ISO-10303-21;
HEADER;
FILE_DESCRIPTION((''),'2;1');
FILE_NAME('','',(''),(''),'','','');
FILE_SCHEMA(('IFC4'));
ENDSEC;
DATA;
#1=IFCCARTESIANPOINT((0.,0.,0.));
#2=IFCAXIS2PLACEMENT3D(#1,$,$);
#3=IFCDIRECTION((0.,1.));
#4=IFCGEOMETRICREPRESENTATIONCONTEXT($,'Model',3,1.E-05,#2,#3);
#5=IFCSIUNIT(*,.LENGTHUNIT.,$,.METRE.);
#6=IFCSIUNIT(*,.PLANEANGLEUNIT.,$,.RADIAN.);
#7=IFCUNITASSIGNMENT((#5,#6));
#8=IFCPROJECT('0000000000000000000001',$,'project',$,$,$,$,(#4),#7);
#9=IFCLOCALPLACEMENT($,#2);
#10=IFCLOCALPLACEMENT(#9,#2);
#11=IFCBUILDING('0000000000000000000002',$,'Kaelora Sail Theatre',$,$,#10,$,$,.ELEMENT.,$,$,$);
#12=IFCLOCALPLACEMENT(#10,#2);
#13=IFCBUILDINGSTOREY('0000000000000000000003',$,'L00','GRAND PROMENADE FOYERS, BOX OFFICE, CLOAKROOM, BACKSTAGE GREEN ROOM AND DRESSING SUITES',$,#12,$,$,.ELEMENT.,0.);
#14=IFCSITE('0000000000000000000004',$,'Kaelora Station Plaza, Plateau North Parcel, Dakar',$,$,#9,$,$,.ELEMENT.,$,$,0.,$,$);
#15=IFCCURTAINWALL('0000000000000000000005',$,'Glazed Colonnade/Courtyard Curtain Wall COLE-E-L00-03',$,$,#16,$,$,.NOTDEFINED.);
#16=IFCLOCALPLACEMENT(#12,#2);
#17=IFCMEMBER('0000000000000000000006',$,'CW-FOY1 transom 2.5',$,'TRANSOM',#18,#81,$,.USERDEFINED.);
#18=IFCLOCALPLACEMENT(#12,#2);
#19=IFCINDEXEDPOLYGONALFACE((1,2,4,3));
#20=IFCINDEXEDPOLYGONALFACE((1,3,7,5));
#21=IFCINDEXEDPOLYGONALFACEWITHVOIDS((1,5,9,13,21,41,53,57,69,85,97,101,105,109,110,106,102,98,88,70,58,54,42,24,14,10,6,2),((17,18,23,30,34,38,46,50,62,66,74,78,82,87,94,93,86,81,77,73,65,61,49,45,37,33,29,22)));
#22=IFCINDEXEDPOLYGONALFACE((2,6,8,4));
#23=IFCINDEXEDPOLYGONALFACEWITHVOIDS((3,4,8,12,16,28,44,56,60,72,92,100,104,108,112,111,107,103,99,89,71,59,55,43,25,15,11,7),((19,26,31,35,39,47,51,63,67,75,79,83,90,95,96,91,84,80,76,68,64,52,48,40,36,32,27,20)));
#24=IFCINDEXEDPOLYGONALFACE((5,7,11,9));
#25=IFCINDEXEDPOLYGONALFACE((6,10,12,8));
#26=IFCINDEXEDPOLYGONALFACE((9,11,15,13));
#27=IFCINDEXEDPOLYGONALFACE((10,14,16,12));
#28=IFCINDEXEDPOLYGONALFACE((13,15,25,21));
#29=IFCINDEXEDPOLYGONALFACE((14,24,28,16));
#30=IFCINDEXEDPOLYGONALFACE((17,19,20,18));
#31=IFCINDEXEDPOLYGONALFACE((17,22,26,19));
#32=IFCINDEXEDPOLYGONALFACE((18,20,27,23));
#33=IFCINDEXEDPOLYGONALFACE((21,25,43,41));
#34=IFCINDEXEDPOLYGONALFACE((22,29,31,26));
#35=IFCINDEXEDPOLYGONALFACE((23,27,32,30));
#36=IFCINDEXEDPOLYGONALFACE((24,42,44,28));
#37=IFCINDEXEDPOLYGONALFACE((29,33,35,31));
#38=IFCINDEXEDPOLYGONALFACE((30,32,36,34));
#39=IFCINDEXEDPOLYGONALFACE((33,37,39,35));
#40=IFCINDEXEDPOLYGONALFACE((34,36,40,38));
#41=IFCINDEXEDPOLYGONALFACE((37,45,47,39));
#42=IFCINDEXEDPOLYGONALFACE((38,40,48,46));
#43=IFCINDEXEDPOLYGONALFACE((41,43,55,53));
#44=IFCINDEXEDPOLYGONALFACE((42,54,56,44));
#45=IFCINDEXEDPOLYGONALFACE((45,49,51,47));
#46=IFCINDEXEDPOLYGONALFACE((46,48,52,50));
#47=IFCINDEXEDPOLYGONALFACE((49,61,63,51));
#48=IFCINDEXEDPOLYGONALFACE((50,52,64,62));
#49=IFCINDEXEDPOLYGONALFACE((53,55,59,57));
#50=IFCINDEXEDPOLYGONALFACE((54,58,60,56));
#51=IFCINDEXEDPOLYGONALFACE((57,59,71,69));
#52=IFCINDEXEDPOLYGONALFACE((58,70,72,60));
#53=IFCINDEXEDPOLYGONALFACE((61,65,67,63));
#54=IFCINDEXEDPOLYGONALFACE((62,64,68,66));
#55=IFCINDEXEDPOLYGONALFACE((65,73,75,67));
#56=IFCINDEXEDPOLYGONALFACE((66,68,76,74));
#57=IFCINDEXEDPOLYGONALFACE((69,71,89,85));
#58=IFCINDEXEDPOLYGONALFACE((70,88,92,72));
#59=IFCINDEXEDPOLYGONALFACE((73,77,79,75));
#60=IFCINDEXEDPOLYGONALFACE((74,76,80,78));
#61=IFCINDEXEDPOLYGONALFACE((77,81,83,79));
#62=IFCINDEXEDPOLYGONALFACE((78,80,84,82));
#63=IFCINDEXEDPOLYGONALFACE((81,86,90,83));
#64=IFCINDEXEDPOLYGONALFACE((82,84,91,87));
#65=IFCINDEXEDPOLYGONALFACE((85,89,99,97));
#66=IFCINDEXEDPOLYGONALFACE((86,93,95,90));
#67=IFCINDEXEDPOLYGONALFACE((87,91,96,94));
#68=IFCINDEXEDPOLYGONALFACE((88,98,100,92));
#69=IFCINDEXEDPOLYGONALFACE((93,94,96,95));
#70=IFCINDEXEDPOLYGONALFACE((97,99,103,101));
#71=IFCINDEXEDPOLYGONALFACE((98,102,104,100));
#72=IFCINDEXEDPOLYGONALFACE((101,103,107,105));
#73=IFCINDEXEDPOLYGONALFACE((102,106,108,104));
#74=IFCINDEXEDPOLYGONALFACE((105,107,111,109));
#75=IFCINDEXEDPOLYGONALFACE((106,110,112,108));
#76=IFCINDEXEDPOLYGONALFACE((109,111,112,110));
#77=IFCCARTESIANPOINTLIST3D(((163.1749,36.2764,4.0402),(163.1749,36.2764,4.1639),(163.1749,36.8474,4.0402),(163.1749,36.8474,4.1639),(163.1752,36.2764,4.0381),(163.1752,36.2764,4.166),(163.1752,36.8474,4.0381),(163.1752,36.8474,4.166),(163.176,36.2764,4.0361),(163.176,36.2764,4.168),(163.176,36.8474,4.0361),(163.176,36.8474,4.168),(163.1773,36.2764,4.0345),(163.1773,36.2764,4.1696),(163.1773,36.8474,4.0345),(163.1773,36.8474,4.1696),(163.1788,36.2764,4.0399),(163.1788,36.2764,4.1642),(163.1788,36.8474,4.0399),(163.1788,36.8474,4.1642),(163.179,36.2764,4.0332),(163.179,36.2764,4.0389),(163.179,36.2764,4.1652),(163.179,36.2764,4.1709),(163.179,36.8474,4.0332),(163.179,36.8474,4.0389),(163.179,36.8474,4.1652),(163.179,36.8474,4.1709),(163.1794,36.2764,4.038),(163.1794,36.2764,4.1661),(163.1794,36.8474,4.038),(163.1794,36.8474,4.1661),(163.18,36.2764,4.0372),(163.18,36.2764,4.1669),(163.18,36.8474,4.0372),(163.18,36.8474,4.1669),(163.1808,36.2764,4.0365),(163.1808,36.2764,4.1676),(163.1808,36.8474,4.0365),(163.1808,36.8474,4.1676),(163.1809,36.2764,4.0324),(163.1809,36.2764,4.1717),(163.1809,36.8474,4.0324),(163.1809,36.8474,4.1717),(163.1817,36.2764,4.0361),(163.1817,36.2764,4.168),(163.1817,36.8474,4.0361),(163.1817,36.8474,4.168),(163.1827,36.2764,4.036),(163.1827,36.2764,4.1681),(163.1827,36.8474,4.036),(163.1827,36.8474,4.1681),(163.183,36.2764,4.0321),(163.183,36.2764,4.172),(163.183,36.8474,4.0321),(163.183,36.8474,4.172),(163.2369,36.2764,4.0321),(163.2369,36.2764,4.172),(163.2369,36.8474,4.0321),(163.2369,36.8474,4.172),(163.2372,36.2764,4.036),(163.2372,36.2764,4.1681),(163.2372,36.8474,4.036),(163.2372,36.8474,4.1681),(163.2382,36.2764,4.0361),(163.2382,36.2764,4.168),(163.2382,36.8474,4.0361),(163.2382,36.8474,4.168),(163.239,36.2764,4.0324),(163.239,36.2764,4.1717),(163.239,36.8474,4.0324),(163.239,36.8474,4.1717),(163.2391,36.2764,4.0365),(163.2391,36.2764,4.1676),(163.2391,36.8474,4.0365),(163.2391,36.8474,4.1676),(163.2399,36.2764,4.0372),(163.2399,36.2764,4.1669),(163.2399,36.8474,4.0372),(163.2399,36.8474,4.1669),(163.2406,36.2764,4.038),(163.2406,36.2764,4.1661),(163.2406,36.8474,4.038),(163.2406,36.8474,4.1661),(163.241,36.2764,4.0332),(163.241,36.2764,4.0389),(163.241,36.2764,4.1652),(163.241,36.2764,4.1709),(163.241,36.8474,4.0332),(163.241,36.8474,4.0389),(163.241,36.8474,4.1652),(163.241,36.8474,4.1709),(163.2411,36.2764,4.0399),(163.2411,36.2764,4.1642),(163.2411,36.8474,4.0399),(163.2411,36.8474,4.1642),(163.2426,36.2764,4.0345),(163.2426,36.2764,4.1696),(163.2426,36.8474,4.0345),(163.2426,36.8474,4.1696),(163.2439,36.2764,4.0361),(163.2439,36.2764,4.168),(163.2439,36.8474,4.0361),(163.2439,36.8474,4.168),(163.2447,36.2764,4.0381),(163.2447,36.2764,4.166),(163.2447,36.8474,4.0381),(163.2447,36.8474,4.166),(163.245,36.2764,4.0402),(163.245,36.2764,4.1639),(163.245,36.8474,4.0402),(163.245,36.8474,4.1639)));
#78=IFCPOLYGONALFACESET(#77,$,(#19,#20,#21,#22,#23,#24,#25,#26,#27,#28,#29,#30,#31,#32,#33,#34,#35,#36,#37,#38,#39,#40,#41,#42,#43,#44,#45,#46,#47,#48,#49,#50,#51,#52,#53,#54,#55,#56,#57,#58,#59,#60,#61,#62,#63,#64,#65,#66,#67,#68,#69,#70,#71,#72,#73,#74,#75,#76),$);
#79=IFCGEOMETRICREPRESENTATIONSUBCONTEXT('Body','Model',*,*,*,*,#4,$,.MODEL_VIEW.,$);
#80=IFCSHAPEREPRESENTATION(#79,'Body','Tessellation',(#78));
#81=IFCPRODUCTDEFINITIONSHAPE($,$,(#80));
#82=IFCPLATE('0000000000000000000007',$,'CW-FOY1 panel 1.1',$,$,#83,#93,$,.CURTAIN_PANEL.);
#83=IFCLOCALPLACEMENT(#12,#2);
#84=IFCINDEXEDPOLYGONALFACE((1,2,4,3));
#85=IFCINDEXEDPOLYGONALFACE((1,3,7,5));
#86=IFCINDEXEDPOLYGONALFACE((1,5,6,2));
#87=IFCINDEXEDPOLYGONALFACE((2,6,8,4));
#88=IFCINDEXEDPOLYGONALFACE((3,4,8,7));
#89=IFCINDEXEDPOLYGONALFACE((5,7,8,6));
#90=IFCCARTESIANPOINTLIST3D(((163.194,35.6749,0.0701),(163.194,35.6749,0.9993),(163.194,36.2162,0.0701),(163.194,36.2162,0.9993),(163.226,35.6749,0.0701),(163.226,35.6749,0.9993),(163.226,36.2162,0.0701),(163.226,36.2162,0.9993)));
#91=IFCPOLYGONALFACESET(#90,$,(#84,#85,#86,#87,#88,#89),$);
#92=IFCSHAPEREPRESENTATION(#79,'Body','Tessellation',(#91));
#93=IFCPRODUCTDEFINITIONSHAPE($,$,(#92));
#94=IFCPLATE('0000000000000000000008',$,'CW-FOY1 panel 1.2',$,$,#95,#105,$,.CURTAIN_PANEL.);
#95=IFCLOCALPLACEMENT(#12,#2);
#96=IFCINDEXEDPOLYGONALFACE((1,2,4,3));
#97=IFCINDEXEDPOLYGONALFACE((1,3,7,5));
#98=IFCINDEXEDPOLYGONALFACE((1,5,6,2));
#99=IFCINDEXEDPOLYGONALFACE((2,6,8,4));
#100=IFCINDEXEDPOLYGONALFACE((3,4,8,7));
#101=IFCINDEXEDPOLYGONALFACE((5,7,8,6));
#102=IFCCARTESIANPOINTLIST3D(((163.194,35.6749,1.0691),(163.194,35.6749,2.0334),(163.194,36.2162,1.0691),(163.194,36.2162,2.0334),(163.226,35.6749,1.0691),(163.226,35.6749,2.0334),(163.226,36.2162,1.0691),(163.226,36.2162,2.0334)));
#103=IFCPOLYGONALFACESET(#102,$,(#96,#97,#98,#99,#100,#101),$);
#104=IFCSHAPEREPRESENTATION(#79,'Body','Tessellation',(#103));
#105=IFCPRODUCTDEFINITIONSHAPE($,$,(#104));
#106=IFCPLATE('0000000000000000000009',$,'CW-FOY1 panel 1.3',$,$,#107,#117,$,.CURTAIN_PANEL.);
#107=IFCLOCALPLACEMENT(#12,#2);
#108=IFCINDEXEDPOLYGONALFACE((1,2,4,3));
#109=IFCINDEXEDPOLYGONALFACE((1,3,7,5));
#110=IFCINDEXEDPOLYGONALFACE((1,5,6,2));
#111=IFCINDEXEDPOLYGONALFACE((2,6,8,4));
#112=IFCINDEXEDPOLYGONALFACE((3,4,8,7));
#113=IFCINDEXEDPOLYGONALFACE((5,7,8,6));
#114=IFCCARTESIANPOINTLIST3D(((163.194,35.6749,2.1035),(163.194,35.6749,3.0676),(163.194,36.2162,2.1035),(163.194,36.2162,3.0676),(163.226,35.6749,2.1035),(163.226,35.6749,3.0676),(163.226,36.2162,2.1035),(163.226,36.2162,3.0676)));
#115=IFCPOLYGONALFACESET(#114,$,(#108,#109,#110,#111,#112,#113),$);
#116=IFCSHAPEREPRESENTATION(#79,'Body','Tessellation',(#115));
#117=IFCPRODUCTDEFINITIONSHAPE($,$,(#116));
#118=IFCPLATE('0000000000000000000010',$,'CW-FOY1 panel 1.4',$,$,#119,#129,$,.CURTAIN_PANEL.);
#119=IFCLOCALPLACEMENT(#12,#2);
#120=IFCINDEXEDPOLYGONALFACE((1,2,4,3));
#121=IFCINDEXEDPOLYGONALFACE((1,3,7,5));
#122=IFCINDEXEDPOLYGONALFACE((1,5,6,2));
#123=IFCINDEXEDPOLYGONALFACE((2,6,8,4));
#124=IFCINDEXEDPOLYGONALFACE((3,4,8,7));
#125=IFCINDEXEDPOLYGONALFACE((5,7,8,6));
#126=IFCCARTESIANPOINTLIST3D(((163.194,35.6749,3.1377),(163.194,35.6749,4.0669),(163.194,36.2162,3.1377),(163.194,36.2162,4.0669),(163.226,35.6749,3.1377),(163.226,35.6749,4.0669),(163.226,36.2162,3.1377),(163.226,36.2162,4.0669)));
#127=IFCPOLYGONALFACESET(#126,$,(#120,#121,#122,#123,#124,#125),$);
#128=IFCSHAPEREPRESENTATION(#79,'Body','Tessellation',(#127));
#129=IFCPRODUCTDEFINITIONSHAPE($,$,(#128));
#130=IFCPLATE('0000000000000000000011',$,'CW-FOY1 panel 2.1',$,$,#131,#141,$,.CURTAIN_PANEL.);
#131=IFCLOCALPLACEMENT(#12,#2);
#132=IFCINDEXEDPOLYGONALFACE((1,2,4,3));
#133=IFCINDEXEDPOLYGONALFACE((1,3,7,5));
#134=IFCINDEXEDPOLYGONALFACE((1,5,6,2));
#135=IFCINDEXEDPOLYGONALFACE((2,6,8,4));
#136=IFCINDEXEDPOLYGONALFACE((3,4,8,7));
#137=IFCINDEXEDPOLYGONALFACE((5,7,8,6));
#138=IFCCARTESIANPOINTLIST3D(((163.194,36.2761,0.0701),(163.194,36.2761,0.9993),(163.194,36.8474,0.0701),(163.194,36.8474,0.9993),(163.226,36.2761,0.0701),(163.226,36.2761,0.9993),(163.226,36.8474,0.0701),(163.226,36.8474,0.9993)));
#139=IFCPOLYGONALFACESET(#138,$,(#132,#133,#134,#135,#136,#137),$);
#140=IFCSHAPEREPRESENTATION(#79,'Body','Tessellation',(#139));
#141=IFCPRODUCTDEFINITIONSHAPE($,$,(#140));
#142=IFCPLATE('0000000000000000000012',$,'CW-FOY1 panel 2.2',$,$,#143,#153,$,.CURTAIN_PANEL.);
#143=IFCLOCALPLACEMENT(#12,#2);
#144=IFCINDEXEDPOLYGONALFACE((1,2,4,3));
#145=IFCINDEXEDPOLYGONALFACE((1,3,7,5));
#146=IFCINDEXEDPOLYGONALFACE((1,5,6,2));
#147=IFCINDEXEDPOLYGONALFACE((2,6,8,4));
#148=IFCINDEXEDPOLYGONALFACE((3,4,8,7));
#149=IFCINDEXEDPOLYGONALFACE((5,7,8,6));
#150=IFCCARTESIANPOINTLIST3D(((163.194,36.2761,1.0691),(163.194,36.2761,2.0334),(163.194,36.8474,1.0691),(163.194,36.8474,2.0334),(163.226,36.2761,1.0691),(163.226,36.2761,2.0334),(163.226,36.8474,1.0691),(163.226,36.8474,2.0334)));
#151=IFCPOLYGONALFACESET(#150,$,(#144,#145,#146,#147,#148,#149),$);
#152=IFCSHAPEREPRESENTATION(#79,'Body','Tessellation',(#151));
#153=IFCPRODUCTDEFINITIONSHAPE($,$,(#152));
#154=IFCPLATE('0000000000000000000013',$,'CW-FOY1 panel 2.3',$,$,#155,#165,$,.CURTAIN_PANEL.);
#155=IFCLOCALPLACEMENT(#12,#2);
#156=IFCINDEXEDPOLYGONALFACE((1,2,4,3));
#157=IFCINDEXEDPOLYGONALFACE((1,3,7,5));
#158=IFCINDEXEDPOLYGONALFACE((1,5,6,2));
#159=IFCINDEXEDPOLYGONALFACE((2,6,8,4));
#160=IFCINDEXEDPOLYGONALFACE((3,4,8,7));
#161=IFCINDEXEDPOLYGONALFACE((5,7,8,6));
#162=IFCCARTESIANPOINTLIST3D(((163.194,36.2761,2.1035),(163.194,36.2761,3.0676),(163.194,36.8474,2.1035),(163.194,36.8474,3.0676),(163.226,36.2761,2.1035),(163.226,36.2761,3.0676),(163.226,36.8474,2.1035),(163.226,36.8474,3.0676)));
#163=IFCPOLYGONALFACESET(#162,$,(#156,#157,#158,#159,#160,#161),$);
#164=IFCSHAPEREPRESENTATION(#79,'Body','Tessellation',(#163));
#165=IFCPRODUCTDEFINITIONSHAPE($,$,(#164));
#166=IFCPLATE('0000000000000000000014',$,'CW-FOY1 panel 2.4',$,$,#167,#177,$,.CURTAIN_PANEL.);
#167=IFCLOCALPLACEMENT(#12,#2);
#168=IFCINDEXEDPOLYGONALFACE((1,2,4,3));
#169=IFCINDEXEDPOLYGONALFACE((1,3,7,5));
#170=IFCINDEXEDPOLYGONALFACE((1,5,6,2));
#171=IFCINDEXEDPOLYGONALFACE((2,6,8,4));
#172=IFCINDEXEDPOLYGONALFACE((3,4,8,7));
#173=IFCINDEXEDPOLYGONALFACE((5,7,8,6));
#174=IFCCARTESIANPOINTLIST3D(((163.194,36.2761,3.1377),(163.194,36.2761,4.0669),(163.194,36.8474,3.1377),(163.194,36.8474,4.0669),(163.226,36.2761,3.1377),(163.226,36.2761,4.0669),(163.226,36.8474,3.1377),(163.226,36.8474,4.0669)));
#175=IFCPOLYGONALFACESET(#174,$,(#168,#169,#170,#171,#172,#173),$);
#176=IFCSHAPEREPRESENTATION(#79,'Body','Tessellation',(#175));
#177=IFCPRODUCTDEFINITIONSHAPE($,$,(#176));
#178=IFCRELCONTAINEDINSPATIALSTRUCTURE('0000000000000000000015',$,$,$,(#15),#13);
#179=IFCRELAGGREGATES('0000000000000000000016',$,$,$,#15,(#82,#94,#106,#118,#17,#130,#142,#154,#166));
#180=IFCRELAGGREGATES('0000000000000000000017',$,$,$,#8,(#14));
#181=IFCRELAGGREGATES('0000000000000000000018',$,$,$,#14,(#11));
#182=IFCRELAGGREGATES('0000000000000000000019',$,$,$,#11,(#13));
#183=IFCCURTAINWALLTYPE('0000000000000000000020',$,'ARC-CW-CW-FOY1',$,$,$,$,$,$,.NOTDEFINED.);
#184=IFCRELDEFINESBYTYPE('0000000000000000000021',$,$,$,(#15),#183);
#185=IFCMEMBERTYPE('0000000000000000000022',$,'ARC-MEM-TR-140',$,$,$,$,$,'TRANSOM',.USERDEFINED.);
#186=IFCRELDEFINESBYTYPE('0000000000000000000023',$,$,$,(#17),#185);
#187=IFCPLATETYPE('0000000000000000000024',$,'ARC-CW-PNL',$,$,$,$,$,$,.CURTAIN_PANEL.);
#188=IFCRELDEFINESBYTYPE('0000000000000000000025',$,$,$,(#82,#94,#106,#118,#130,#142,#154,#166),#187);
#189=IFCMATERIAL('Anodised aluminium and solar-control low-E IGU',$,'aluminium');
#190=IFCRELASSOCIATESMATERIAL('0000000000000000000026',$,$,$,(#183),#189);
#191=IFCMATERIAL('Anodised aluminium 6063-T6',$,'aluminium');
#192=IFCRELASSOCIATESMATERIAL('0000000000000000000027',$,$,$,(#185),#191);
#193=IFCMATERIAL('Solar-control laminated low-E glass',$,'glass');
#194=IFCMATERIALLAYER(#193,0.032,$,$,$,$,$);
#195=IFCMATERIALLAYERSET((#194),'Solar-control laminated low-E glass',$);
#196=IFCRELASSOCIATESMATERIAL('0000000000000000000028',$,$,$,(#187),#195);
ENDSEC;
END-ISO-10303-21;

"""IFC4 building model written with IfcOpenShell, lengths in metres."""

from ifc_helpers import new_model, si_unit, direction, frame, origin, origin_2d, place, context, subcontext, project, spatial, rectangle, hollow_rectangle, extrude, material, layer, layer_set, material_profile, profile_set, type_object, element, aggregate, save


model = new_model("IFC4")

# Units and contexts
model_context = context("Model", 3, precision=1e-05, world=origin(), true_north=direction((0.0, 1.0)))
body_context = subcontext(model_context, "Body", "Model", "MODEL_VIEW")
ifc_project = project(units=[si_unit("LENGTHUNIT", "METRE"), si_unit("PLANEANGLEUNIT", "RADIAN")], contexts=[model_context])

# Site, building, storey
site_placement = place(None, origin())
site = spatial("IfcSite", under=ifc_project, at=site_placement, Name="Kaelora Station Plaza, Plateau North Parcel, Dakar", CompositionType="ELEMENT", RefElevation=0.0)
building_placement = place(site_placement, origin())
building = spatial("IfcBuilding", under=site, at=building_placement, Name="Kaelora Sail Theatre", CompositionType="ELEMENT")
storey_placement = place(building_placement, origin())
storey = spatial("IfcBuildingStorey", under=building, at=storey_placement, Name="L00", Description="GRAND PROMENADE FOYERS, BOX OFFICE, CLOAKROOM, BACKSTAGE GREEN ROOM AND DRESSING SUITES", CompositionType="ELEMENT", Elevation=0.0)

# Shared definitions
ifc_material_1 = material(Name="Anodised aluminium and solar-control low-E IGU", Category="aluminium")
curtain_wall_type = type_object("IfcCurtainWallType", Name="ARC-CW-CW-FOY1", PredefinedType="NOTDEFINED", material=ifc_material_1)

# Curtain wall, member, plates
curtain_wall_1_placement = place(storey_placement, origin())
curtain_wall_1 = element("IfcCurtainWall", 1, at=curtain_wall_1_placement, inside=storey, type_object=curtain_wall_type, Name="Glazed Colonnade/Courtyard Curtain Wall COLE-E-L00-03", PredefinedType="NOTDEFINED")
ifc_material_2 = material(Name="Anodised aluminium 6063-T6", Category="aluminium")
ifc_material_profile_1 = material_profile(ifc_material_2, hollow_rectangle(XDim=0.0701, YDim=0.1399, WallThickness=0.0039, InnerFilletRadius=0.0039, OuterFilletRadius=0.0081, at=origin_2d()), Name="ALU-TRAN 70x140x4")
ifc_profile_set_1 = profile_set([ifc_material_profile_1], Name="Anodised aluminium 6063-T6")
member_type_1 = type_object("IfcMemberType", Name="ARC-MEM-TR-140", ElementType="TRANSOM", PredefinedType="USERDEFINED", material=ifc_profile_set_1)
member_1_placement = place(storey_placement, frame((163.21, 36.2764, 4.1021), z_axis=(0.0, 1.0, 0.0), x_axis=(-1.0, 0.0, 0.0)))
member_1 = element("IfcMember", 2, at=member_1_placement, type_object=member_type_1, Name="CW-FOY1 transom 2.5", ObjectType="TRANSOM", PredefinedType="USERDEFINED", context=body_context, shape_type="SweptSolid", body=[
    extrude(hollow_rectangle(XDim=0.0701, YDim=0.1399, WallThickness=0.0039, InnerFilletRadius=0.0039, OuterFilletRadius=0.0081, at=origin_2d()), origin(), (0.0, 0.0, 1.0), 0.571),
])
ifc_material_3 = material(Name="Solar-control laminated low-E glass", Category="glass")
ifc_layer = layer(ifc_material_3, 0.032)
ifc_layer_set = layer_set([ifc_layer], Name="Solar-control laminated low-E glass")
plate_type = type_object("IfcPlateType", Name="ARC-CW-PNL", PredefinedType="CURTAIN_PANEL", material=ifc_layer_set)
plate_1_placement = place(storey_placement, frame((163.21, 35.9456, 0.0701), z_axis=(0.0, 0.0, 1.0), x_axis=(0.0, 1.0, 0.0)))
plate_1 = element("IfcPlate", 3, at=plate_1_placement, type_object=plate_type, Name="CW-FOY1 panel 1.1", PredefinedType="CURTAIN_PANEL", context=body_context, shape_type="SweptSolid", body=[
    extrude(rectangle(XDim=0.5413, YDim=0.032, at=origin_2d()), origin(), (0.0, 0.0, 1.0), 0.9292),
])
plate_2_placement = place(storey_placement, frame((163.21, 35.9456, 1.0691), z_axis=(0.0, 0.0, 1.0), x_axis=(0.0, 1.0, 0.0)))
plate_2 = element("IfcPlate", 4, at=plate_2_placement, type_object=plate_type, Name="CW-FOY1 panel 1.2", PredefinedType="CURTAIN_PANEL", context=body_context, shape_type="SweptSolid", body=[
    extrude(rectangle(XDim=0.5413, YDim=0.032, at=origin_2d()), origin(), (0.0, 0.0, 1.0), 0.9644),
])
plate_3_placement = place(storey_placement, frame((163.21, 35.9456, 2.1035), z_axis=(0.0, 0.0, 1.0), x_axis=(0.0, 1.0, 0.0)))
plate_3 = element("IfcPlate", 5, at=plate_3_placement, type_object=plate_type, Name="CW-FOY1 panel 1.3", PredefinedType="CURTAIN_PANEL", context=body_context, shape_type="SweptSolid", body=[
    extrude(rectangle(XDim=0.5413, YDim=0.032, at=origin_2d()), origin(), (0.0, 0.0, 1.0), 0.9641),
])
plate_4_placement = place(storey_placement, frame((163.21, 35.9456, 3.1377), z_axis=(0.0, 0.0, 1.0), x_axis=(0.0, 1.0, 0.0)))
plate_4 = element("IfcPlate", 6, at=plate_4_placement, type_object=plate_type, Name="CW-FOY1 panel 1.4", PredefinedType="CURTAIN_PANEL", context=body_context, shape_type="SweptSolid", body=[
    extrude(rectangle(XDim=0.5413, YDim=0.032, at=origin_2d()), origin(), (0.0, 0.0, 1.0), 0.9292),
])
plate_5_placement = place(storey_placement, frame((163.21, 36.5618, 0.0701), z_axis=(0.0, 0.0, 1.0), x_axis=(0.0, 1.0, 0.0)))
plate_5 = element("IfcPlate", 7, at=plate_5_placement, type_object=plate_type, Name="CW-FOY1 panel 2.1", PredefinedType="CURTAIN_PANEL", context=body_context, shape_type="SweptSolid", body=[
    extrude(rectangle(XDim=0.5713, YDim=0.032, at=origin_2d()), origin(), (0.0, 0.0, 1.0), 0.9292),
])
plate_6_placement = place(storey_placement, frame((163.21, 36.5618, 1.0691), z_axis=(0.0, 0.0, 1.0), x_axis=(0.0, 1.0, 0.0)))
plate_6 = element("IfcPlate", 8, at=plate_6_placement, type_object=plate_type, Name="CW-FOY1 panel 2.2", PredefinedType="CURTAIN_PANEL", context=body_context, shape_type="SweptSolid", body=[
    extrude(rectangle(XDim=0.5713, YDim=0.032, at=origin_2d()), origin(), (0.0, 0.0, 1.0), 0.9644),
])
plate_7_placement = place(storey_placement, frame((163.21, 36.5618, 2.1035), z_axis=(0.0, 0.0, 1.0), x_axis=(0.0, 1.0, 0.0)))
plate_7 = element("IfcPlate", 9, at=plate_7_placement, type_object=plate_type, Name="CW-FOY1 panel 2.3", PredefinedType="CURTAIN_PANEL", context=body_context, shape_type="SweptSolid", body=[
    extrude(rectangle(XDim=0.5713, YDim=0.032, at=origin_2d()), origin(), (0.0, 0.0, 1.0), 0.9641),
])
plate_8_placement = place(storey_placement, frame((163.21, 36.5618, 3.1377), z_axis=(0.0, 0.0, 1.0), x_axis=(0.0, 1.0, 0.0)))
plate_8 = element("IfcPlate", 10, at=plate_8_placement, type_object=plate_type, Name="CW-FOY1 panel 2.4", PredefinedType="CURTAIN_PANEL", context=body_context, shape_type="SweptSolid", body=[
    extrude(rectangle(XDim=0.5713, YDim=0.032, at=origin_2d()), origin(), (0.0, 0.0, 1.0), 0.9292),
])
aggregate(curtain_wall_1, [plate_1, plate_2, plate_3, plate_4, member_1, plate_5, plate_6, plate_7, plate_8])

save(model, "model.ifc")
